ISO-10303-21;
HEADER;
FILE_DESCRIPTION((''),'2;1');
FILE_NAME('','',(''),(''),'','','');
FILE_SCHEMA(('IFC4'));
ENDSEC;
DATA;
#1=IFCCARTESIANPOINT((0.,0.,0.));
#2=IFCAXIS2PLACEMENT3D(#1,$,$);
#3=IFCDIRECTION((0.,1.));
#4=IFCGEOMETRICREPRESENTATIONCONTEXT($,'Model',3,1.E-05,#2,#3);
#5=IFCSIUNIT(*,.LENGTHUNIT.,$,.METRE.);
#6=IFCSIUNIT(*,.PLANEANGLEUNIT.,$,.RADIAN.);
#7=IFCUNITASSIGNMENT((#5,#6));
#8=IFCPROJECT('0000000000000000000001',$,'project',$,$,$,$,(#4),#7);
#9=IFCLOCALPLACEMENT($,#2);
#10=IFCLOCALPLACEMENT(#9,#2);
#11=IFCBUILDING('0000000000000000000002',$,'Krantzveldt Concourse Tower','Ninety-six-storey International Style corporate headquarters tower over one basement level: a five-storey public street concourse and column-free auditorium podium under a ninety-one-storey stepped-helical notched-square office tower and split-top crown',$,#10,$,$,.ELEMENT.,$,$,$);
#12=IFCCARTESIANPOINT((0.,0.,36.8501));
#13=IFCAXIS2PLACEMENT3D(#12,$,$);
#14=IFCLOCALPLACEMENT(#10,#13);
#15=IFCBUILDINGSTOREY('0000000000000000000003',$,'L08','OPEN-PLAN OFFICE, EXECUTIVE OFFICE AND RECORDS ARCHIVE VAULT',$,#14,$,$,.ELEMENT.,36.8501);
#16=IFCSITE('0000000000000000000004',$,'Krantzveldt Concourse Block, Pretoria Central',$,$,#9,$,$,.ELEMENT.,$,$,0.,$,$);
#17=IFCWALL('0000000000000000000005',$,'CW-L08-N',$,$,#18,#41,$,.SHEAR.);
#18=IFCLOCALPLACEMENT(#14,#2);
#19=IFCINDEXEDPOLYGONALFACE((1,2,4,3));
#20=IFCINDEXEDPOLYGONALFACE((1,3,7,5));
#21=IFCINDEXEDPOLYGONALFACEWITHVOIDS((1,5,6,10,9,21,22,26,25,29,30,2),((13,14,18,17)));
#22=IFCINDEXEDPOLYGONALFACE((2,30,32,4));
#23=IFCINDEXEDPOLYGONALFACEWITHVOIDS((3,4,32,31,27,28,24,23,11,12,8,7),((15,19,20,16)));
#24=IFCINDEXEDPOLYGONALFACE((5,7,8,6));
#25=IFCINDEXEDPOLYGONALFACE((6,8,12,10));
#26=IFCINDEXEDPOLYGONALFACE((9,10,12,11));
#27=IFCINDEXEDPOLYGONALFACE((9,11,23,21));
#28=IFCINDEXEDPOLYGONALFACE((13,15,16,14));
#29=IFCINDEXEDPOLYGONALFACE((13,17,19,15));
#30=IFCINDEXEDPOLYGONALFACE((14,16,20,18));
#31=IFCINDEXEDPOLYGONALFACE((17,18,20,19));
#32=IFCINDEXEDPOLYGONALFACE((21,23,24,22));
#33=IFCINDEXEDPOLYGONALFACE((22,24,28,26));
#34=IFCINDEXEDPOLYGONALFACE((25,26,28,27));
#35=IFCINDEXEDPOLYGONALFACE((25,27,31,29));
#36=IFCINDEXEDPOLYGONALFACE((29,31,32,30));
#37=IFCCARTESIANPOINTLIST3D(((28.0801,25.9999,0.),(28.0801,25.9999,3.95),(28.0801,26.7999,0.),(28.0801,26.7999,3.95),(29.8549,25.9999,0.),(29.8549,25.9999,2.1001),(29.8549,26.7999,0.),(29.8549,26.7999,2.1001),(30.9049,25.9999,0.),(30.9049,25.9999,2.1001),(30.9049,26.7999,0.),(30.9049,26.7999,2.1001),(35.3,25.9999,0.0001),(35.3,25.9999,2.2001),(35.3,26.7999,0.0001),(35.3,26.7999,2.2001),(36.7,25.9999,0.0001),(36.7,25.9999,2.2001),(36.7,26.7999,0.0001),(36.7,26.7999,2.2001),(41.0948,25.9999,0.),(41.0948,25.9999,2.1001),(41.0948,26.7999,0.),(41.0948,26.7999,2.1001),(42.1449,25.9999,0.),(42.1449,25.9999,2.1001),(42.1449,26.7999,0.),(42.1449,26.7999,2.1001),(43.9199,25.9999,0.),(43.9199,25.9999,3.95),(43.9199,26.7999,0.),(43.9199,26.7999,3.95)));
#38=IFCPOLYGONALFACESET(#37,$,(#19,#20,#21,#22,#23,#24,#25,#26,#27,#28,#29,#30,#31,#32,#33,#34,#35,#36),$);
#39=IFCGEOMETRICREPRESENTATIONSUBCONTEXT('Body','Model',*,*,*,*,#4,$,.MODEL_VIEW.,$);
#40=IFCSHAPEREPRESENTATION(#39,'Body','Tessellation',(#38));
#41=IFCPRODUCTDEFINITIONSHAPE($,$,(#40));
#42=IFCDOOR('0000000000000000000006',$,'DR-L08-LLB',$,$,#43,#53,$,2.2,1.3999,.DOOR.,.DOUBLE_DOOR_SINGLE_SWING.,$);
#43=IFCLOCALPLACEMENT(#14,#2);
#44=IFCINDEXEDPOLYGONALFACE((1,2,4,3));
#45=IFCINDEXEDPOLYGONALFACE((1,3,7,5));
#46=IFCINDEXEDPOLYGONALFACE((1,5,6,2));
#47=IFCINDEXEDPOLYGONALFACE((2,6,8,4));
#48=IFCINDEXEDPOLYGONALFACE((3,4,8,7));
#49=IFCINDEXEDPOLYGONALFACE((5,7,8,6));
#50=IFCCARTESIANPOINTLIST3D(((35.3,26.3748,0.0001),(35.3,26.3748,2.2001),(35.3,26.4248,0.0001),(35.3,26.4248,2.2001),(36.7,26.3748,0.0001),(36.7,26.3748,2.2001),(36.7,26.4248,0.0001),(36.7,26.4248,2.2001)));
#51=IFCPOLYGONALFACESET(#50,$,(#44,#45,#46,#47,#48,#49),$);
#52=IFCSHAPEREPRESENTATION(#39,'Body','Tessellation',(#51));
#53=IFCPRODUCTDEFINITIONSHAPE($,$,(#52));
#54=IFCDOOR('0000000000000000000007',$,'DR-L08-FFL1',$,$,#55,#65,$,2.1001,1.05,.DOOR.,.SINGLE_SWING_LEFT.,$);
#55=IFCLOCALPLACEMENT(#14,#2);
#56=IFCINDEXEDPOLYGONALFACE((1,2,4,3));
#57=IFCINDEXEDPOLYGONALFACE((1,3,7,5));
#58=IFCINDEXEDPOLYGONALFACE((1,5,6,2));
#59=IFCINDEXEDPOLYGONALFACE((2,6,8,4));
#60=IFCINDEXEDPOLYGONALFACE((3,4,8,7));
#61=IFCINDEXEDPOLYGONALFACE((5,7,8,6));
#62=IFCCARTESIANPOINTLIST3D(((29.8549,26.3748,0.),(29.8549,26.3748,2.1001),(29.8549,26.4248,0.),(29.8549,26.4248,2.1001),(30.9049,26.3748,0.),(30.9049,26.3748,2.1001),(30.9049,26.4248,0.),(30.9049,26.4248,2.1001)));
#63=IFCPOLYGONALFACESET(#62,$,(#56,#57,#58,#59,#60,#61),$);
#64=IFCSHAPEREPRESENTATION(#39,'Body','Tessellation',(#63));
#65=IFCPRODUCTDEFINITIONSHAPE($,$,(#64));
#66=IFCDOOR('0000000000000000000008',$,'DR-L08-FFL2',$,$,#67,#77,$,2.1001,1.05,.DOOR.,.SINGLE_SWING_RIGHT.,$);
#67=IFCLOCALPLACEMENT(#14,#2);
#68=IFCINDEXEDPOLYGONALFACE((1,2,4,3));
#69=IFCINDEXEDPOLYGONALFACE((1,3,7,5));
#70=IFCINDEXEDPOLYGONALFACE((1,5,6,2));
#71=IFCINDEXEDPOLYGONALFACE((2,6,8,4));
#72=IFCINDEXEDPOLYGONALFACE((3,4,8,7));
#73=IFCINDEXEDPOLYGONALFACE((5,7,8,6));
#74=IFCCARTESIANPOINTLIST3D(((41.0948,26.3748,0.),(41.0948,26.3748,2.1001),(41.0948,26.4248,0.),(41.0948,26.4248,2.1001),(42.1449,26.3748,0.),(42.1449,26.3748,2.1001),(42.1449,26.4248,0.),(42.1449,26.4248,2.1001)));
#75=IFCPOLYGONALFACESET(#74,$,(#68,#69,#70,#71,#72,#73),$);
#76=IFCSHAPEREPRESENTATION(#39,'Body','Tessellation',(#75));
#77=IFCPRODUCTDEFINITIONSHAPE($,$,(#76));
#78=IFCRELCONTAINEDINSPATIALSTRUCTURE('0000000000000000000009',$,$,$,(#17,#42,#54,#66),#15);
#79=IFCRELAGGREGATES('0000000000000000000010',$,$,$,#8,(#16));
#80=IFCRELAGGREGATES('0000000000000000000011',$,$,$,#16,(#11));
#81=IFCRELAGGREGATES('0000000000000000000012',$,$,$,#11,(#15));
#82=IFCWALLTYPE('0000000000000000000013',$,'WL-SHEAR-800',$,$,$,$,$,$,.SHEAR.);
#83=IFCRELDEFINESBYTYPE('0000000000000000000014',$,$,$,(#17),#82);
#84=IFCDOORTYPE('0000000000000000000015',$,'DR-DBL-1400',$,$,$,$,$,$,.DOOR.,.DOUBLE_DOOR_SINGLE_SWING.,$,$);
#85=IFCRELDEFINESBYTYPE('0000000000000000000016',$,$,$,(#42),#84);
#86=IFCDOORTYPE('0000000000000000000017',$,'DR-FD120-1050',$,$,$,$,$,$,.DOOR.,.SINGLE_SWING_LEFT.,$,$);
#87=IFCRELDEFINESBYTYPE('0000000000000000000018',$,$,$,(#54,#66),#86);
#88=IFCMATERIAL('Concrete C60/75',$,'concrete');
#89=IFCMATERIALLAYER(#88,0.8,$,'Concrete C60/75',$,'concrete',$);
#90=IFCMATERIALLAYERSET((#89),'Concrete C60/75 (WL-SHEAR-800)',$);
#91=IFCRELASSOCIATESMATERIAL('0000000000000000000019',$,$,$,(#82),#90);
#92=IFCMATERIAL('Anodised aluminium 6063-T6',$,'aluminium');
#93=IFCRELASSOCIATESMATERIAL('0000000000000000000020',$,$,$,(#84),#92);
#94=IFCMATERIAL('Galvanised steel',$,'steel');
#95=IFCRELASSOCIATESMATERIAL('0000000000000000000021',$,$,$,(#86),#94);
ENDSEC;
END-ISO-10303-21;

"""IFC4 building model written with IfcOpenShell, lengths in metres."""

from ifc_helpers import new_model, si_unit, direction, frame, frame_2d, origin, place, context, subcontext, project, spatial, rectangle, extrude, material, layer, layer_set, type_object, element, fill, save


model = new_model("IFC4")

# Units and contexts
model_context = context("Model", 3, precision=1e-05, world=origin(), true_north=direction((0.0, 1.0)))
body_context = subcontext(model_context, "Body", "Model", "MODEL_VIEW")
ifc_project = project(units=[si_unit("LENGTHUNIT", "METRE"), si_unit("PLANEANGLEUNIT", "RADIAN")], contexts=[model_context])

# Site, building, storey
site_placement = place(None, origin())
site = spatial("IfcSite", under=ifc_project, at=site_placement, Name="Krantzveldt Concourse Block, Pretoria Central", CompositionType="ELEMENT", RefElevation=0.0)
building_placement = place(site_placement, origin())
building = spatial("IfcBuilding", under=site, at=building_placement, Name="Krantzveldt Concourse Tower", Description="Ninety-six-storey International Style corporate headquarters tower over one basement level: a five-storey public street concourse and column-free auditorium podium under a ninety-one-storey stepped-helical notched-square office tower and split-top crown", CompositionType="ELEMENT")
storey_placement = place(building_placement, frame((0.0, 0.0, 36.8501)))
storey = spatial("IfcBuildingStorey", under=building, at=storey_placement, Name="L08", Description="OPEN-PLAN OFFICE, EXECUTIVE OFFICE AND RECORDS ARCHIVE VAULT", CompositionType="ELEMENT", Elevation=36.8501)

# Wall, openings, doors
ifc_material_1 = material(Name="Concrete C60/75", Category="concrete")
ifc_layer_1 = layer(ifc_material_1, 0.8, Name="Concrete C60/75", Category="concrete")
ifc_layer_set_1 = layer_set([ifc_layer_1], Name="Concrete C60/75 (WL-SHEAR-800)")
wall_type_1 = type_object("IfcWallType", Name="WL-SHEAR-800", PredefinedType="SHEAR", material=ifc_layer_set_1)
wall_1_placement = place(storey_placement, frame((28.0801, 26.3999, 0.0), z_axis=(0.0, 0.0, 1.0), x_axis=(1.0, 0.0, 0.0)))
wall_1 = element("IfcWall", 1, at=wall_1_placement, inside=storey, type_object=wall_type_1, Name="CW-L08-N", PredefinedType="SHEAR", context=body_context, shape_type="SweptSolid", body=[
    extrude(rectangle(XDim=15.8398, YDim=0.8, at=frame_2d((7.9199, 0.0))), origin(), (0.0, 0.0, 1.0), 3.95),
])
opening_1_placement = place(wall_1_placement, frame((7.22, 0.0, 0.0)))
opening_1 = element("IfcOpeningElement", 2, at=opening_1_placement, cuts=wall_1, PredefinedType="OPENING", context=body_context, shape_type="SweptSolid", body=[
    extrude(rectangle(XDim=1.3999, YDim=2.2, at=frame_2d((0.7, 1.1001))), frame((0.0, 0.4102, 0.0), z_axis=(0.0, -1.0, 0.0), x_axis=(1.0, 0.0, 0.0)), (0.0, 0.0, 1.0), 0.8201),
])
opening_2_placement = place(wall_1_placement, frame((1.7749, 0.0, 0.0)))
opening_2 = element("IfcOpeningElement", 3, at=opening_2_placement, cuts=wall_1, PredefinedType="OPENING", context=body_context, shape_type="SweptSolid", body=[
    extrude(rectangle(XDim=1.05, YDim=2.1001, at=frame_2d((0.5249, 1.05))), frame((0.0, 0.4102, 0.0), z_axis=(0.0, -1.0, 0.0), x_axis=(1.0, 0.0, 0.0)), (0.0, 0.0, 1.0), 0.8201),
])
opening_3_placement = place(wall_1_placement, frame((13.0149, 0.0, 0.0)))
opening_3 = element("IfcOpeningElement", 4, at=opening_3_placement, cuts=wall_1, PredefinedType="OPENING", context=body_context, shape_type="SweptSolid", body=[
    extrude(rectangle(XDim=1.05, YDim=2.1001, at=frame_2d((0.5249, 1.05))), frame((0.0, 0.4102, 0.0), z_axis=(0.0, -1.0, 0.0), x_axis=(1.0, 0.0, 0.0)), (0.0, 0.0, 1.0), 0.8201),
])
ifc_material_2 = material(Name="Anodised aluminium 6063-T6", Category="aluminium")
door_type_1 = type_object("IfcDoorType", Name="DR-DBL-1400", OperationType="DOUBLE_DOOR_SINGLE_SWING", PredefinedType="DOOR", material=ifc_material_2)
door_1_placement = place(opening_1_placement, origin())
door_1 = element("IfcDoor", 5, at=door_1_placement, inside=storey, type_object=door_type_1, Name="DR-L08-LLB", OperationType="DOUBLE_DOOR_SINGLE_SWING", OverallHeight=2.2, OverallWidth=1.3999, PredefinedType="DOOR", context=body_context, shape_type="SweptSolid", body=[
    extrude(rectangle(XDim=1.3999, YDim=2.2, at=frame_2d((0.7, 1.1001))), frame((0.0, 0.0249, 0.0), z_axis=(0.0, -1.0, 0.0), x_axis=(1.0, 0.0, 0.0)), (0.0, 0.0, 1.0), 0.05),
])
fill(opening_1, door_1)
ifc_material_3 = material(Name="Galvanised steel", Category="steel")
door_type_2 = type_object("IfcDoorType", Name="DR-FD120-1050", OperationType="SINGLE_SWING_LEFT", PredefinedType="DOOR", material=ifc_material_3)
door_2_placement = place(opening_2_placement, origin())
door_2 = element("IfcDoor", 6, at=door_2_placement, inside=storey, type_object=door_type_2, Name="DR-L08-FFL1", OperationType="SINGLE_SWING_LEFT", OverallHeight=2.1001, OverallWidth=1.05, PredefinedType="DOOR", context=body_context, shape_type="SweptSolid", body=[
    extrude(rectangle(XDim=1.05, YDim=2.1001, at=frame_2d((0.5249, 1.05))), frame((0.0, 0.0249, 0.0), z_axis=(0.0, -1.0, 0.0), x_axis=(1.0, 0.0, 0.0)), (0.0, 0.0, 1.0), 0.05),
])
fill(opening_2, door_2)
door_3_placement = place(opening_3_placement, origin())
door_3 = element("IfcDoor", 7, at=door_3_placement, inside=storey, type_object=door_type_2, Name="DR-L08-FFL2", OperationType="SINGLE_SWING_RIGHT", OverallHeight=2.1001, OverallWidth=1.05, PredefinedType="DOOR", context=body_context, shape_type="SweptSolid", body=[
    extrude(rectangle(XDim=1.05, YDim=2.1001, at=frame_2d((0.5249, 1.05))), frame((0.0, 0.0249, 0.0), z_axis=(0.0, -1.0, 0.0), x_axis=(1.0, 0.0, 0.0)), (0.0, 0.0, 1.0), 0.05),
])
fill(opening_3, door_3)

save(model, "model.ifc")
